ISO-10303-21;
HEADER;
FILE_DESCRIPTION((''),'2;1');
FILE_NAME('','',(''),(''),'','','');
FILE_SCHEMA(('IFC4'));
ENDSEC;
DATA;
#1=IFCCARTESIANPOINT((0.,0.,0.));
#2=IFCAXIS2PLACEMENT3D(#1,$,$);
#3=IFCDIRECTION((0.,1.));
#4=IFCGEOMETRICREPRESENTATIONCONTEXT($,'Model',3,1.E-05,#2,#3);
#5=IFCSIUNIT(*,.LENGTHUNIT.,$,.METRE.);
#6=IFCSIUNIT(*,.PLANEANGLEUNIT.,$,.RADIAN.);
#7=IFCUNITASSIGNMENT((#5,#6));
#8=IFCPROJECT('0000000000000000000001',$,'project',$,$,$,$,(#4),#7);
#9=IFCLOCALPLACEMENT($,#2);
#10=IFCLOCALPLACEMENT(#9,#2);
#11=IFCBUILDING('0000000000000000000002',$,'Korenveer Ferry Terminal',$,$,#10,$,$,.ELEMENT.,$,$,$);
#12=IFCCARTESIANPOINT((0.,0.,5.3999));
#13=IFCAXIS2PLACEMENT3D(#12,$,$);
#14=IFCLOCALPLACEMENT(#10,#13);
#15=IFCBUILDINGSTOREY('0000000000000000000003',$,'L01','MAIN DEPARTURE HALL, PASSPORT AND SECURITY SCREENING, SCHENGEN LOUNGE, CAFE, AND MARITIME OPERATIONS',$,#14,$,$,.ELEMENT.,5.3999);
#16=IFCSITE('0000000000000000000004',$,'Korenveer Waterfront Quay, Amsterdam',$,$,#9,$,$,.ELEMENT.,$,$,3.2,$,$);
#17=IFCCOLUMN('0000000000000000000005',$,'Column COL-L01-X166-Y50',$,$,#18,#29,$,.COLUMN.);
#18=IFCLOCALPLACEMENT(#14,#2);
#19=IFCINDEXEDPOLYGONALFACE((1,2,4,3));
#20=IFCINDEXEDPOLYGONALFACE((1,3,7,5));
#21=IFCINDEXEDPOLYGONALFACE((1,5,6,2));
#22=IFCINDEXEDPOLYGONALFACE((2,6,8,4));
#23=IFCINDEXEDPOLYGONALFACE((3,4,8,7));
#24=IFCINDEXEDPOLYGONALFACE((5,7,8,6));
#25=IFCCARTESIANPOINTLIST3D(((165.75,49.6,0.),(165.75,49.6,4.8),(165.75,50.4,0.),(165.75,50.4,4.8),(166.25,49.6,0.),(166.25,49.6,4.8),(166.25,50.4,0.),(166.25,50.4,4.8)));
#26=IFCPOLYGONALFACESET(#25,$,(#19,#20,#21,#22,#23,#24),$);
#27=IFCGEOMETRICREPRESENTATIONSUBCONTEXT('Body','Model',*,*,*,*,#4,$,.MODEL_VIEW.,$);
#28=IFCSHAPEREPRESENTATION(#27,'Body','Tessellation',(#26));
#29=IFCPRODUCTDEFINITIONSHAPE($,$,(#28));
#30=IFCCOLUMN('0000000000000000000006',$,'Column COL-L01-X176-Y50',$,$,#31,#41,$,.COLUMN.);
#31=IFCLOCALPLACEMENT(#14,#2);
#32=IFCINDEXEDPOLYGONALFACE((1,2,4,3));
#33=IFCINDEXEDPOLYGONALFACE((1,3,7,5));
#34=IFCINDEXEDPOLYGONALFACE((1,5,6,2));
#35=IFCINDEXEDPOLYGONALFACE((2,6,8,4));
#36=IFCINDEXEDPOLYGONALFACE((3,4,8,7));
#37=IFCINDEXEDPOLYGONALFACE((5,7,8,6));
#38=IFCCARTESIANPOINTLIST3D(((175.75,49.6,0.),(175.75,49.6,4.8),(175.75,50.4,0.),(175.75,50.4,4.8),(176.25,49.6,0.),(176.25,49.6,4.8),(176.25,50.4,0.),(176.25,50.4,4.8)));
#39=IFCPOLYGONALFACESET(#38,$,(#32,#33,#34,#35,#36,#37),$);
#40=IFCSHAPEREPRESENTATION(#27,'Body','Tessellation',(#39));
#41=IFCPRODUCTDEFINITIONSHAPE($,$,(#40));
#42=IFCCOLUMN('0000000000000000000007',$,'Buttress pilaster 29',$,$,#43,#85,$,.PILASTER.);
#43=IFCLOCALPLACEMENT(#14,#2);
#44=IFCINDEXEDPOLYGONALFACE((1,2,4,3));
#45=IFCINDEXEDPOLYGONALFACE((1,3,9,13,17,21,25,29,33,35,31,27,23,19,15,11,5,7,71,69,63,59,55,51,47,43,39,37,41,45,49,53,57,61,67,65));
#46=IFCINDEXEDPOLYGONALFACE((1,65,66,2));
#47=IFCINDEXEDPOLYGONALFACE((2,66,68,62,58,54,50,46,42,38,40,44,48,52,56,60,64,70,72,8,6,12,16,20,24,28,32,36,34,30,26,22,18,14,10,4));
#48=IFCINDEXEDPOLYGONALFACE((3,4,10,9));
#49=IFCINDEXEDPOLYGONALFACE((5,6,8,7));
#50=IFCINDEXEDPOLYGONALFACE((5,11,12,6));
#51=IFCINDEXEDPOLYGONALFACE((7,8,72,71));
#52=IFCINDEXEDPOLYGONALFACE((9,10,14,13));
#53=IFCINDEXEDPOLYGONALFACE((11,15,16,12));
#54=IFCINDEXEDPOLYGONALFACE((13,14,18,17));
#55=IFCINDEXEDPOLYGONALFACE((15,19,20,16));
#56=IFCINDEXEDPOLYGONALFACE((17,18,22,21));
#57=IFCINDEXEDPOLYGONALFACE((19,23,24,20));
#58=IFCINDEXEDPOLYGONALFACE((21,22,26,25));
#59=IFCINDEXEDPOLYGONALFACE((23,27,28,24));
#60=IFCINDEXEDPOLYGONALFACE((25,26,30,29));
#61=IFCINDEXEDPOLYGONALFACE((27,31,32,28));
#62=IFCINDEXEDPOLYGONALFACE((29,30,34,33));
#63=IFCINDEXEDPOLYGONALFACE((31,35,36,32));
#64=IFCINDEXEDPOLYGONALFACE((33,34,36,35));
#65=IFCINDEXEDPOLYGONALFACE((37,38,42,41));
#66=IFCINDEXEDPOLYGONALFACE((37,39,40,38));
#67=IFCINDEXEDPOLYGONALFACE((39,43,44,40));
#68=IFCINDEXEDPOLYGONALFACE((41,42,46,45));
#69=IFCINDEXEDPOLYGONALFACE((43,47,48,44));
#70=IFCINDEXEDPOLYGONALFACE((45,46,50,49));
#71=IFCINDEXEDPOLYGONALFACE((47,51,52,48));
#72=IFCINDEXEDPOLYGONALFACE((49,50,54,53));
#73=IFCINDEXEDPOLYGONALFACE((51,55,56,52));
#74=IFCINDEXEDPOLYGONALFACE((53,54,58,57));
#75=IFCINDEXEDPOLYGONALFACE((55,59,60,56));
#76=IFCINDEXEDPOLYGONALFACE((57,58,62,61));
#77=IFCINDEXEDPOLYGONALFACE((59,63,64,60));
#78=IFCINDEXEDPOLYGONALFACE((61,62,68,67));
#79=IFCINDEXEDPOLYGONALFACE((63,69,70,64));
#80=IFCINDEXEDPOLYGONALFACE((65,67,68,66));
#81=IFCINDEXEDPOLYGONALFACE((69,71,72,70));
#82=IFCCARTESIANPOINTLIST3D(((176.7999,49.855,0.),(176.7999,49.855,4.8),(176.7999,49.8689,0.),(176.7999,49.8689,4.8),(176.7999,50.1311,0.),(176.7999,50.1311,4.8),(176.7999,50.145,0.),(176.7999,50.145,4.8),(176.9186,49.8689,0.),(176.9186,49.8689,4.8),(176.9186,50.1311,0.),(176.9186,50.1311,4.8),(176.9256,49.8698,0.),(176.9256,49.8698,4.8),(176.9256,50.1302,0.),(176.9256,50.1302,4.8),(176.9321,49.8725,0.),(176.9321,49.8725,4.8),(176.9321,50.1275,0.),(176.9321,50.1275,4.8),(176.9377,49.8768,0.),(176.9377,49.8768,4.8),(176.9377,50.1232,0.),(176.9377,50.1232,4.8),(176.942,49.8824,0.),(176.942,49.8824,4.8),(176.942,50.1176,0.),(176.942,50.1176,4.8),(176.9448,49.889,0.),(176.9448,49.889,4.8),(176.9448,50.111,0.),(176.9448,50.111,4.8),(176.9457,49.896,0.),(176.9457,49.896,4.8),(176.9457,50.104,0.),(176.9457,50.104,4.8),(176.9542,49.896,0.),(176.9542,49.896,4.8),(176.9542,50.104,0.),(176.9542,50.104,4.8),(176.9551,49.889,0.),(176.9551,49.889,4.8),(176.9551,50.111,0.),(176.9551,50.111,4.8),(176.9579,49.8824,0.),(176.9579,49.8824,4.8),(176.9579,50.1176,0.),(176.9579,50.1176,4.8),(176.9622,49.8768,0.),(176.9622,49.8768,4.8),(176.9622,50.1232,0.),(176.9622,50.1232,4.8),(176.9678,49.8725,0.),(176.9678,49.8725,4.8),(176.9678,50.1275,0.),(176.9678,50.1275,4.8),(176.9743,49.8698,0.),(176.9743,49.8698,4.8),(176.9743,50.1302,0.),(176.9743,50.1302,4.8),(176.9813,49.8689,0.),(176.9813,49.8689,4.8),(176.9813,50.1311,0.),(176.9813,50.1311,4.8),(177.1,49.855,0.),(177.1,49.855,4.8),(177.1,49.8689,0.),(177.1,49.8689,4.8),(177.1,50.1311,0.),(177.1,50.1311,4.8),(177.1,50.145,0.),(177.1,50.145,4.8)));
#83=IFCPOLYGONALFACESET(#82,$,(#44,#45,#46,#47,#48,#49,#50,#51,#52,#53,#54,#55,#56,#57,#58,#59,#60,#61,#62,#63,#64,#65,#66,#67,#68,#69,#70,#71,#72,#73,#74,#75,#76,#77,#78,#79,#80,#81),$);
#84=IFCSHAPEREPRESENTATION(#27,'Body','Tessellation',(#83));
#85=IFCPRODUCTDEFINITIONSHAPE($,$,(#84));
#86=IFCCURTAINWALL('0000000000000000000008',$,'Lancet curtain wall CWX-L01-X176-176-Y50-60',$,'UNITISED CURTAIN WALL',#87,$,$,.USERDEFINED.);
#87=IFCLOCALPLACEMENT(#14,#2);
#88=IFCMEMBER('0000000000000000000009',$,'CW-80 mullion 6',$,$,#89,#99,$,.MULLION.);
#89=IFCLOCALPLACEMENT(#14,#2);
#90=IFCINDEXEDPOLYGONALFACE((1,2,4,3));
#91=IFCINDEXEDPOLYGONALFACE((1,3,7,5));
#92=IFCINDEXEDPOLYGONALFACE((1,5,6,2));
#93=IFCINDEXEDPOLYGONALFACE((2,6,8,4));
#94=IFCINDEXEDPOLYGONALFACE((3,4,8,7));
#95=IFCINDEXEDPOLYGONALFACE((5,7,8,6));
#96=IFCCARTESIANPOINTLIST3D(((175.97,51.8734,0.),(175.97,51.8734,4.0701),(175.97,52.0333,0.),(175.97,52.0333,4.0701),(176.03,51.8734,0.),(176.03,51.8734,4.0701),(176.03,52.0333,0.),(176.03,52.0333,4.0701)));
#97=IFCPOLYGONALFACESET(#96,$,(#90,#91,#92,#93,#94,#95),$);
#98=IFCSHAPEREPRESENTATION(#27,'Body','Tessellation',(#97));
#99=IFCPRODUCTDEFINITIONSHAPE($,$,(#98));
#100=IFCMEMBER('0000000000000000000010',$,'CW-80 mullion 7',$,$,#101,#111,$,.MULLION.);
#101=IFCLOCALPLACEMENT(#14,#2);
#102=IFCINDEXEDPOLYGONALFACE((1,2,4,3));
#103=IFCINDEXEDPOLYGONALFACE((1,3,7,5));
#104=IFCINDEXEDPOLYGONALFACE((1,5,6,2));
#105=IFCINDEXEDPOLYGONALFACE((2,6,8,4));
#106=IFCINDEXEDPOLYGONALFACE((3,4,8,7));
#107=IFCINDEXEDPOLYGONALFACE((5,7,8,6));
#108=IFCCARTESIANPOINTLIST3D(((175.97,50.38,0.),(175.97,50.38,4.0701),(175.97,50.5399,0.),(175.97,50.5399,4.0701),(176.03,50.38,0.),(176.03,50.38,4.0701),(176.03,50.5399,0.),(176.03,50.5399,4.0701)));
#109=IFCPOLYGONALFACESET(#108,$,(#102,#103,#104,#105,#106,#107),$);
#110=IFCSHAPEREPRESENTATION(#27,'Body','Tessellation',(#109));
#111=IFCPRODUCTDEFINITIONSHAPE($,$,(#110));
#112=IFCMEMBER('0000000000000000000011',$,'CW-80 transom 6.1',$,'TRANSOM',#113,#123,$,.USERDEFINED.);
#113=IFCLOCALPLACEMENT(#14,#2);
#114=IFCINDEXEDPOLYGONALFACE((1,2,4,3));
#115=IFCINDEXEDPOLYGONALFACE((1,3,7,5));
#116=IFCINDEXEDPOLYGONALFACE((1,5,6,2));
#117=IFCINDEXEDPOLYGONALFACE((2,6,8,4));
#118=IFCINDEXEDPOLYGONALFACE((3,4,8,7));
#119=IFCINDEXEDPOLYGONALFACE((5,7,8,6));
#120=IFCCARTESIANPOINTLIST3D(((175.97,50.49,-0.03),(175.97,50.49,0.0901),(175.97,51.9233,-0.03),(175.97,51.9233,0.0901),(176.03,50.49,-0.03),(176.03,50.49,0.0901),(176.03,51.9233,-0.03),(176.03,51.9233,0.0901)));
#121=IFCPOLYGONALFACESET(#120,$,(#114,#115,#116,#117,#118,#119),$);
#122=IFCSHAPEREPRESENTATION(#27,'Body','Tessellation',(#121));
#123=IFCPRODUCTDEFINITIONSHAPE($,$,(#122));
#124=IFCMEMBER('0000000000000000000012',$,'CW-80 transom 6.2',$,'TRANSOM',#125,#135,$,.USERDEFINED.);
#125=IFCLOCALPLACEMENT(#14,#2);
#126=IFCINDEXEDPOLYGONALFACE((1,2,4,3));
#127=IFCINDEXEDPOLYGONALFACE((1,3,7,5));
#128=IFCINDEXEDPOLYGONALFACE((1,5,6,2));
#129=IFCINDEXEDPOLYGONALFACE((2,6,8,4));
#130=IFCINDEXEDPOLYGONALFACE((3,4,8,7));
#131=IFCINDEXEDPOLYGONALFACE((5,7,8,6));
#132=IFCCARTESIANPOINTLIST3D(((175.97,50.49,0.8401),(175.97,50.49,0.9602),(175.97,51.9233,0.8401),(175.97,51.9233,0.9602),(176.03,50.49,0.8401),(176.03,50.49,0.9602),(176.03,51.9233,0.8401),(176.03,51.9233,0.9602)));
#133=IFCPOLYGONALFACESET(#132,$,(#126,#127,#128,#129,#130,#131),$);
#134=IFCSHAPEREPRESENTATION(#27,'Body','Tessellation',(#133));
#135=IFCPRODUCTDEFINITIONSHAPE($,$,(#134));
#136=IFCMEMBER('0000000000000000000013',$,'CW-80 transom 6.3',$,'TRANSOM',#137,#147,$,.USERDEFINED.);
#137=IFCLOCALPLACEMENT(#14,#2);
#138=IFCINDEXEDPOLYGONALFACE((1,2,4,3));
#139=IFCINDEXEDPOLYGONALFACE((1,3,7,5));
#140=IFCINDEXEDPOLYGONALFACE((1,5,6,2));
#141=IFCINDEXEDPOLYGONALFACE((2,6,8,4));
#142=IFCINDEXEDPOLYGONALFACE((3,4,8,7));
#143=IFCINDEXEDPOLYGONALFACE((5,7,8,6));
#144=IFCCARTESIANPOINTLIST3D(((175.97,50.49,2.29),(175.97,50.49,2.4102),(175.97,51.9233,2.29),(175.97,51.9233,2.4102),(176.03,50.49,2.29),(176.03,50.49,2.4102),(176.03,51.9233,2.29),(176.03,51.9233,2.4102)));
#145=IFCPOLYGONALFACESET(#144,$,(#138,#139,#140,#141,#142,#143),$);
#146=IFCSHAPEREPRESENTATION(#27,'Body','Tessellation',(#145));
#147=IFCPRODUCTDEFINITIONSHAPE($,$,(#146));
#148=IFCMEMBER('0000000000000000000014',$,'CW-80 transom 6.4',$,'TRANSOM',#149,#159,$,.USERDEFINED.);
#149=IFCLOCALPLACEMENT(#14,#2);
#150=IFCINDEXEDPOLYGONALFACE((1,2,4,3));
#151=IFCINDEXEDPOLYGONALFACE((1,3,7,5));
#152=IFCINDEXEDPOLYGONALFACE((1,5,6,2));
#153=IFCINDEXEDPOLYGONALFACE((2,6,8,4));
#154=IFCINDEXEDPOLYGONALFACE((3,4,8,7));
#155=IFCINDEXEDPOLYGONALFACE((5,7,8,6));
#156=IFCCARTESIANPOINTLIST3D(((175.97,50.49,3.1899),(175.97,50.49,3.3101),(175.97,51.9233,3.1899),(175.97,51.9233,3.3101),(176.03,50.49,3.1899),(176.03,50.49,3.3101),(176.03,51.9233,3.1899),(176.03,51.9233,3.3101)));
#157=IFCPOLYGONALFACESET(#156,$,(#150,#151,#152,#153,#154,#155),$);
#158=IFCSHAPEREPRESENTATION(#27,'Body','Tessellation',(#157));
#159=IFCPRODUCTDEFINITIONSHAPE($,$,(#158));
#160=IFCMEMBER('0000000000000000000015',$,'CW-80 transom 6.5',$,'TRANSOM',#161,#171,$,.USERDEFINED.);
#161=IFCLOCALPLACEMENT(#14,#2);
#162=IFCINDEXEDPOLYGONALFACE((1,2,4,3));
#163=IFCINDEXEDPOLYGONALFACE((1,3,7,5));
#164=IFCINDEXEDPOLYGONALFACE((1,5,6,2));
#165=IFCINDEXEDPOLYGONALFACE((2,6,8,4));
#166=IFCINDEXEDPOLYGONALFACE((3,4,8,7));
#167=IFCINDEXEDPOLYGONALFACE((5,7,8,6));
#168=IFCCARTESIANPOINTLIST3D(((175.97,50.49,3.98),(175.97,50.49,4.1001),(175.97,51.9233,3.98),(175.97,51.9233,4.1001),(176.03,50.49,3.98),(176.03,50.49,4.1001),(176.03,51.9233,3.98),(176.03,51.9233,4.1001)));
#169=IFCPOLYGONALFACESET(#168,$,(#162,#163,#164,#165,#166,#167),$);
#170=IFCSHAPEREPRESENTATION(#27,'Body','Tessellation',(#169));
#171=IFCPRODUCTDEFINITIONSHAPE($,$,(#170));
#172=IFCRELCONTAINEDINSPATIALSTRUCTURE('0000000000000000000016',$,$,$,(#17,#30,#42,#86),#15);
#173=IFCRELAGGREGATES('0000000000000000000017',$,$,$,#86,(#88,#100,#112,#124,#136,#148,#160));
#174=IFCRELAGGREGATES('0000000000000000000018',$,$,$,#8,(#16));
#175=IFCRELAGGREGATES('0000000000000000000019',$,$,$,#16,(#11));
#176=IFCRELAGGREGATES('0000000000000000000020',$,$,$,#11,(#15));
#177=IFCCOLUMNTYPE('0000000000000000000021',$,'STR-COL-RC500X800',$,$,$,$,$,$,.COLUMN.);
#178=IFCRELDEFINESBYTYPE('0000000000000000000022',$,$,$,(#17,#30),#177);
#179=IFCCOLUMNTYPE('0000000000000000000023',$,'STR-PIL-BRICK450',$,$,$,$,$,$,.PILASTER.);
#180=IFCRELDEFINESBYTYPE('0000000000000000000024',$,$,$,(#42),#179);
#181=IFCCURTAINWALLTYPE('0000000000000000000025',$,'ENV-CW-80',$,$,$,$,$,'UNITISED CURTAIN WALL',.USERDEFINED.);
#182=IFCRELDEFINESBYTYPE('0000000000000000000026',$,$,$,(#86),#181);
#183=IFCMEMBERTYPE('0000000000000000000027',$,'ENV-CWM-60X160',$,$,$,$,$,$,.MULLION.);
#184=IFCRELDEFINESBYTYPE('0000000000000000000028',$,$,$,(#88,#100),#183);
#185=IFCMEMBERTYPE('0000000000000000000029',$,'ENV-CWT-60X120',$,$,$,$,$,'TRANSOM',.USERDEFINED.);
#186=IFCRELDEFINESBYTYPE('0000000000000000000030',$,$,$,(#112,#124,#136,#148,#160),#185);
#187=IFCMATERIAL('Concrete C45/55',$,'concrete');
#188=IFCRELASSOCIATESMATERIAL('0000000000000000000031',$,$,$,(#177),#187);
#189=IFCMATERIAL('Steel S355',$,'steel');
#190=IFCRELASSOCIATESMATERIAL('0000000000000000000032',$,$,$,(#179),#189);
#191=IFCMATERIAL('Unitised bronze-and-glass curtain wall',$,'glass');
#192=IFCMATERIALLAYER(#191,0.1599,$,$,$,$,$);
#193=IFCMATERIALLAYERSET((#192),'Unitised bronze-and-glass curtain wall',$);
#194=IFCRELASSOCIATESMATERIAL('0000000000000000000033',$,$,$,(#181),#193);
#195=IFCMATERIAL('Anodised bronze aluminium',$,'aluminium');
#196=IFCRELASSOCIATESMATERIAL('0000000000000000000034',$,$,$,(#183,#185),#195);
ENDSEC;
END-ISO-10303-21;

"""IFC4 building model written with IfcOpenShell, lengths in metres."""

from ifc_helpers import new_model, si_unit, direction, frame, origin, origin_2d, place, context, subcontext, project, spatial, rectangle, i_section, extrude, material, layer, layer_set, material_profile, profile_set, type_object, element, aggregate, save


model = new_model("IFC4")

# Units and contexts
model_context = context("Model", 3, precision=1e-05, world=origin(), true_north=direction((0.0, 1.0)))
body_context = subcontext(model_context, "Body", "Model", "MODEL_VIEW")
ifc_project = project(units=[si_unit("LENGTHUNIT", "METRE"), si_unit("PLANEANGLEUNIT", "RADIAN")], contexts=[model_context])

# Site, building, storey
site_placement = place(None, origin())
site = spatial("IfcSite", under=ifc_project, at=site_placement, Name="Korenveer Waterfront Quay, Amsterdam", CompositionType="ELEMENT", RefElevation=3.2)
building_placement = place(site_placement, origin())
building = spatial("IfcBuilding", under=site, at=building_placement, Name="Korenveer Ferry Terminal", CompositionType="ELEMENT")
storey_placement = place(building_placement, frame((0.0, 0.0, 5.3999)))
storey = spatial("IfcBuildingStorey", under=building, at=storey_placement, Name="L01", Description="MAIN DEPARTURE HALL, PASSPORT AND SECURITY SCREENING, SCHENGEN LOUNGE, CAFE, AND MARITIME OPERATIONS", CompositionType="ELEMENT", Elevation=5.3999)

# Columns
ifc_material_1 = material(Name="Concrete C45/55", Category="concrete")
ifc_material_profile_1 = material_profile(ifc_material_1, rectangle(XDim=0.5, YDim=0.8, at=origin_2d()), Name="RC 500x800")
ifc_profile_set_1 = profile_set([ifc_material_profile_1], Name="Concrete C45/55")
column_type_1 = type_object("IfcColumnType", Name="STR-COL-RC500X800", PredefinedType="COLUMN", material=ifc_profile_set_1)
for number, where, z_axis, x_axis, name in (
    (1, (166.0, 50.0, 0.0), (0.0, 0.0, 1.0), (1.0, 0.0, 0.0), "Column COL-L01-X166-Y50"),
    (2, (176.0, 50.0, 0.0), (0.0, 0.0, 1.0), (1.0, 0.0, 0.0), "Column COL-L01-X176-Y50"),
):
    element("IfcColumn", number, at=place(storey_placement, frame(where, z_axis=z_axis, x_axis=x_axis)), inside=storey, type_object=column_type_1, Name=name, PredefinedType="COLUMN", context=body_context, shape_type="SweptSolid", body=[
        extrude(rectangle(XDim=0.5, YDim=0.8, at=origin_2d()), origin(), (0.0, 0.0, 1.0), 4.8),
    ])
ifc_material_2 = material(Name="Steel S355", Category="steel")
ifc_material_profile_2 = material_profile(ifc_material_2, i_section(OverallWidth=0.3, OverallDepth=0.29, WebThickness=0.0085, FlangeThickness=0.0139, FilletRadius=0.0271, at=origin_2d()), Name="HEA 300")
ifc_profile_set_2 = profile_set([ifc_material_profile_2], Name="Steel S355")
column_type_2 = type_object("IfcColumnType", Name="STR-PIL-BRICK450", PredefinedType="PILASTER", material=ifc_profile_set_2)
column_placement = place(storey_placement, frame((176.95, 50.0, 0.0), z_axis=(0.0, 0.0, 1.0), x_axis=(1.0, 0.0, 0.0)))
element("IfcColumn", 3, at=column_placement, inside=storey, type_object=column_type_2, Name="Buttress pilaster 29", PredefinedType="PILASTER", context=body_context, shape_type="SweptSolid", body=[
    extrude(i_section(OverallWidth=0.3, OverallDepth=0.29, WebThickness=0.0085, FlangeThickness=0.0139, FilletRadius=0.0271, at=origin_2d()), origin(), (0.0, 0.0, 1.0), 4.8),
])

# Curtain wall, members
ifc_material_3 = material(Name="Unitised bronze-and-glass curtain wall", Category="glass")
ifc_layer_1 = layer(ifc_material_3, 0.1599)
ifc_layer_set_1 = layer_set([ifc_layer_1], Name="Unitised bronze-and-glass curtain wall")
curtain_wall_type = type_object("IfcCurtainWallType", Name="ENV-CW-80", ElementType="UNITISED CURTAIN WALL", PredefinedType="USERDEFINED", material=ifc_layer_set_1)
curtain_wall_placement = place(storey_placement, frame((176.0, 59.5701, 0.0)))
curtain_wall = element("IfcCurtainWall", 4, at=curtain_wall_placement, inside=storey, type_object=curtain_wall_type, Name="Lancet curtain wall CWX-L01-X176-176-Y50-60", ObjectType="UNITISED CURTAIN WALL", PredefinedType="USERDEFINED")
ifc_material_4 = material(Name="Anodised bronze aluminium", Category="aluminium")
ifc_material_profile_3 = material_profile(ifc_material_4, rectangle(XDim=0.0601, YDim=0.1599, at=origin_2d()), Name="ALU 60x160")
ifc_profile_set_3 = profile_set([ifc_material_profile_3], Name="Anodised bronze aluminium")
member_type_1 = type_object("IfcMemberType", Name="ENV-CWM-60X160", PredefinedType="MULLION", material=ifc_profile_set_3)
member_1_placement = place(storey_placement, frame((176.0, 51.9534, 0.0), z_axis=(0.0, 0.0, 1.0), x_axis=(1.0, 0.0, 0.0)))
member_1 = element("IfcMember", 5, at=member_1_placement, type_object=member_type_1, Name="CW-80 mullion 6", PredefinedType="MULLION", context=body_context, shape_type="SweptSolid", body=[
    extrude(rectangle(XDim=0.0601, YDim=0.1599, at=origin_2d()), origin(), (0.0, 0.0, 1.0), 4.0701),
])
member_2_placement = place(storey_placement, frame((176.0, 50.46, 0.0), z_axis=(0.0, 0.0, 1.0), x_axis=(1.0, 0.0, 0.0)))
member_2 = element("IfcMember", 6, at=member_2_placement, type_object=member_type_1, Name="CW-80 mullion 7", PredefinedType="MULLION", context=body_context, shape_type="SweptSolid", body=[
    extrude(rectangle(XDim=0.0601, YDim=0.1599, at=origin_2d()), origin(), (0.0, 0.0, 1.0), 4.0701),
])
ifc_material_profile_4 = material_profile(ifc_material_4, rectangle(XDim=0.0601, YDim=0.1201, at=origin_2d()), Name="ALU 60x120")
ifc_profile_set_4 = profile_set([ifc_material_profile_4], Name="Anodised bronze aluminium")
member_type_2 = type_object("IfcMemberType", Name="ENV-CWT-60X120", ElementType="TRANSOM", PredefinedType="USERDEFINED", material=ifc_profile_set_4)
member_3_placement = place(storey_placement, frame((176.0, 51.9233, 0.03), z_axis=(0.0, -1.0, 0.0), x_axis=(1.0, 0.0, 0.0)))
member_3 = element("IfcMember", 7, at=member_3_placement, type_object=member_type_2, Name="CW-80 transom 6.1", ObjectType="TRANSOM", PredefinedType="USERDEFINED", context=body_context, shape_type="SweptSolid", body=[
    extrude(rectangle(XDim=0.0601, YDim=0.1201, at=origin_2d()), origin(), (0.0, 0.0, 1.0), 1.4333),
])
member_4_placement = place(storey_placement, frame((176.0, 51.9233, 0.9001), z_axis=(0.0, -1.0, 0.0), x_axis=(1.0, 0.0, 0.0)))
member_4 = element("IfcMember", 8, at=member_4_placement, type_object=member_type_2, Name="CW-80 transom 6.2", ObjectType="TRANSOM", PredefinedType="USERDEFINED", context=body_context, shape_type="SweptSolid", body=[
    extrude(rectangle(XDim=0.0601, YDim=0.1201, at=origin_2d()), origin(), (0.0, 0.0, 1.0), 1.4333),
])
member_5_placement = place(storey_placement, frame((176.0, 51.9233, 2.3501), z_axis=(0.0, -1.0, 0.0), x_axis=(1.0, 0.0, 0.0)))
member_5 = element("IfcMember", 9, at=member_5_placement, type_object=member_type_2, Name="CW-80 transom 6.3", ObjectType="TRANSOM", PredefinedType="USERDEFINED", context=body_context, shape_type="SweptSolid", body=[
    extrude(rectangle(XDim=0.0601, YDim=0.1201, at=origin_2d()), origin(), (0.0, 0.0, 1.0), 1.4333),
])
member_6_placement = place(storey_placement, frame((176.0, 51.9233, 3.25), z_axis=(0.0, -1.0, 0.0), x_axis=(1.0, 0.0, 0.0)))
member_6 = element("IfcMember", 10, at=member_6_placement, type_object=member_type_2, Name="CW-80 transom 6.4", ObjectType="TRANSOM", PredefinedType="USERDEFINED", context=body_context, shape_type="SweptSolid", body=[
    extrude(rectangle(XDim=0.0601, YDim=0.1201, at=origin_2d()), origin(), (0.0, 0.0, 1.0), 1.4333),
])
member_7_placement = place(storey_placement, frame((176.0, 51.9233, 4.04), z_axis=(0.0, -1.0, 0.0), x_axis=(1.0, 0.0, 0.0)))
member_7 = element("IfcMember", 11, at=member_7_placement, type_object=member_type_2, Name="CW-80 transom 6.5", ObjectType="TRANSOM", PredefinedType="USERDEFINED", context=body_context, shape_type="SweptSolid", body=[
    extrude(rectangle(XDim=0.0601, YDim=0.1201, at=origin_2d()), origin(), (0.0, 0.0, 1.0), 1.4333),
])

aggregate(curtain_wall, [member_1, member_2, member_3, member_4, member_5, member_6, member_7])

save(model, "model.ifc")
